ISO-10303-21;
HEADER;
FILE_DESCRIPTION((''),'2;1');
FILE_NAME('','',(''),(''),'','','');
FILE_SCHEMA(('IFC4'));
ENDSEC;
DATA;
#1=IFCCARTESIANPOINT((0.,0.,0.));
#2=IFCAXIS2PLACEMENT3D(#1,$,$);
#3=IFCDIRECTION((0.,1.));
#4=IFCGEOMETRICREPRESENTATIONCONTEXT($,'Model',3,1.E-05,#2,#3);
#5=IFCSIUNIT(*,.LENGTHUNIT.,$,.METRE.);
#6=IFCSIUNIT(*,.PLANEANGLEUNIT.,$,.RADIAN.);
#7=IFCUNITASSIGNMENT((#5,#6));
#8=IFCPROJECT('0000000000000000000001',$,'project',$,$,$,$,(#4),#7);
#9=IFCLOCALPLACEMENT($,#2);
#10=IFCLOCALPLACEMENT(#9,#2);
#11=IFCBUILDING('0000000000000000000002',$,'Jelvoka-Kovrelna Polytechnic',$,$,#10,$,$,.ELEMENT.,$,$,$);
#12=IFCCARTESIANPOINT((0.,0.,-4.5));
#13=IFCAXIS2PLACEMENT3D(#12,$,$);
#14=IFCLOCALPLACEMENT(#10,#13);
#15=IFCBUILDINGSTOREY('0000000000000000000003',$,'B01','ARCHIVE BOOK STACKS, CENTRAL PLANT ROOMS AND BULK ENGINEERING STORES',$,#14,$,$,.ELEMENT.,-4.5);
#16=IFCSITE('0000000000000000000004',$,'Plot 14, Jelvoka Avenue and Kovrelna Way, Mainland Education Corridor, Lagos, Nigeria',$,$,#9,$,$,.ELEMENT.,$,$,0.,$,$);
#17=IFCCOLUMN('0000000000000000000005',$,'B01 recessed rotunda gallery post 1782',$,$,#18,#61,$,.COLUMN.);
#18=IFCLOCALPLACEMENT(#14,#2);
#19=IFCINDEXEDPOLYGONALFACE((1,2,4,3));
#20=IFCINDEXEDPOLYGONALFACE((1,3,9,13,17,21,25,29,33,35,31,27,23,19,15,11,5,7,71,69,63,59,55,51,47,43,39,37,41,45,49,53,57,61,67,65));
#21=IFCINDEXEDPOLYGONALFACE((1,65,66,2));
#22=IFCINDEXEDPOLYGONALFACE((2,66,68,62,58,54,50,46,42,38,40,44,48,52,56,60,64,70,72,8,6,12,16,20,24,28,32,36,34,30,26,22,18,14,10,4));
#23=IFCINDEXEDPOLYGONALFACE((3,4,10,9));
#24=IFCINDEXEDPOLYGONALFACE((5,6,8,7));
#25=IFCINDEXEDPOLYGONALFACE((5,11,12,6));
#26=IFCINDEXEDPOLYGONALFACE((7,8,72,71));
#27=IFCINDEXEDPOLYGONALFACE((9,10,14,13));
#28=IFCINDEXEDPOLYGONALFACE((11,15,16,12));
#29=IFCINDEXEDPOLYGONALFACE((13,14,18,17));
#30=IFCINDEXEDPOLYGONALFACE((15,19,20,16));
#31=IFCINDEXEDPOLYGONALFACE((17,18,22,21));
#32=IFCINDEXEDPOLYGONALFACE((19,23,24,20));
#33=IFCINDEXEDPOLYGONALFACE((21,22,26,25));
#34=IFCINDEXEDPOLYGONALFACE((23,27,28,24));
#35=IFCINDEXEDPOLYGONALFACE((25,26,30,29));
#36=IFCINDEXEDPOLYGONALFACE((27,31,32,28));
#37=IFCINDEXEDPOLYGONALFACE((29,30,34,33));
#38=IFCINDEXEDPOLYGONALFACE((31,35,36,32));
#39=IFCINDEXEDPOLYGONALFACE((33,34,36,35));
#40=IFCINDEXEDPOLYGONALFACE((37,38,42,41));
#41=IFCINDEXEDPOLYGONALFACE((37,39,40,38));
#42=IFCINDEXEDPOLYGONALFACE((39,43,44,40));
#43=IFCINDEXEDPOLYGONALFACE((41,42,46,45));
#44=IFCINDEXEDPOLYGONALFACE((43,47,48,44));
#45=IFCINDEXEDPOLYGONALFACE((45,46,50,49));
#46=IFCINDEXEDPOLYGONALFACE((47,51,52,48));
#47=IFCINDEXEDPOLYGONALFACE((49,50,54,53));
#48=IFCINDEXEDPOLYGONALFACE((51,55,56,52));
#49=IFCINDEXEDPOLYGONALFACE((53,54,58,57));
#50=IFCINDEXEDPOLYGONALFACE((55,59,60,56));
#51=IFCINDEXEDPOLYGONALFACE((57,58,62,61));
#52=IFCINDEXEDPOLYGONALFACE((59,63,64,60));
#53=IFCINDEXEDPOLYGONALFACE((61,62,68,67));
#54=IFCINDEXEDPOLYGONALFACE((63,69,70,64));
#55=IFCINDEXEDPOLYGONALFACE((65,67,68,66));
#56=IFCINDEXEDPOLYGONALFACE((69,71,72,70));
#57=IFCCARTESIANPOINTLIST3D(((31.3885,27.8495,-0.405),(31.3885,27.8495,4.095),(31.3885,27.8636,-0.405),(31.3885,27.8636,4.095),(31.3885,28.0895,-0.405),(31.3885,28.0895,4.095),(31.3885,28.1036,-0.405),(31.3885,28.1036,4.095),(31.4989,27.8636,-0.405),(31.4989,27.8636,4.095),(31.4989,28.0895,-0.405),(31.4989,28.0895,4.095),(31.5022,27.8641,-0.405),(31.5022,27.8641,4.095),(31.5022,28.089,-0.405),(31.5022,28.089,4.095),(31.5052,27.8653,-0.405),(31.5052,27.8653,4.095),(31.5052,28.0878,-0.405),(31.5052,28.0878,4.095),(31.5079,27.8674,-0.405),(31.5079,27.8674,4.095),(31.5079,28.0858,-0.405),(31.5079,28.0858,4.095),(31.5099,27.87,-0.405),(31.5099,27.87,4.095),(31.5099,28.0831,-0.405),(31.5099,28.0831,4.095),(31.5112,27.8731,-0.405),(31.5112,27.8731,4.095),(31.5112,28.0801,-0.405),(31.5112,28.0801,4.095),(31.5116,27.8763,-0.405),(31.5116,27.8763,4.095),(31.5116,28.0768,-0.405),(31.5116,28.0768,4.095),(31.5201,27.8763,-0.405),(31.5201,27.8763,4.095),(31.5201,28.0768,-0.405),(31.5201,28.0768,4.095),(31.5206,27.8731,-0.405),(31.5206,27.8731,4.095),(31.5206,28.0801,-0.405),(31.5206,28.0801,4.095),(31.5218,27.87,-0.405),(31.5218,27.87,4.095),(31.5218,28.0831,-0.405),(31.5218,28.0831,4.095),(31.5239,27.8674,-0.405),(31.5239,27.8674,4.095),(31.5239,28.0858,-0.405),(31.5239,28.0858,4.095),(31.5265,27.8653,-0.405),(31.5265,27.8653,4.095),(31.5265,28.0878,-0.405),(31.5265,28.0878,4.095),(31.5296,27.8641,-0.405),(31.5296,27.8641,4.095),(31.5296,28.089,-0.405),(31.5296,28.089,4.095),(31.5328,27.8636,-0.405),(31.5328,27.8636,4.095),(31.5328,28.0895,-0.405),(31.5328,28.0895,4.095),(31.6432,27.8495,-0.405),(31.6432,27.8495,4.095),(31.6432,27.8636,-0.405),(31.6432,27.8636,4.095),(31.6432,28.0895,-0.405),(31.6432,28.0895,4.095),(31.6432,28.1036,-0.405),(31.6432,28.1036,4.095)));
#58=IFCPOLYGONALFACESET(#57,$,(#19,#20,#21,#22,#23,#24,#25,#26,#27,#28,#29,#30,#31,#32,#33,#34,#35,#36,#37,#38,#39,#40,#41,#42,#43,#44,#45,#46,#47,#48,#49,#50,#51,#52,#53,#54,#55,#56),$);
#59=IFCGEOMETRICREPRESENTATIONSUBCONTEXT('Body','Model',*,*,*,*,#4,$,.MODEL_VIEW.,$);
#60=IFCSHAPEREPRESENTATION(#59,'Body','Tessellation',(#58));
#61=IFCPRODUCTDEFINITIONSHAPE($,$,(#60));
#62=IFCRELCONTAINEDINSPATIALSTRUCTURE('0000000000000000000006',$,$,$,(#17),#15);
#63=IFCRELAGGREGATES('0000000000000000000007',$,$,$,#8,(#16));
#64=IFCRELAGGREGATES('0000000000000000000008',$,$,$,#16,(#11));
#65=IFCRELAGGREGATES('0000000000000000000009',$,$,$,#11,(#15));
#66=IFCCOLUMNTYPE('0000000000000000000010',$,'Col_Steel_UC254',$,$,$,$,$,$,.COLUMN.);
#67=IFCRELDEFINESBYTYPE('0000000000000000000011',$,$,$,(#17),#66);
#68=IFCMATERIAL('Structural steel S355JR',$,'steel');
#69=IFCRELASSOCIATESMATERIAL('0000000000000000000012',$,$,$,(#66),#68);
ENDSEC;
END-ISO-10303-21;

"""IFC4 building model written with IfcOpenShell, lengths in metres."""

from ifc_helpers import new_model, si_unit, direction, frame, origin, origin_2d, place, context, subcontext, project, spatial, i_section, extrude, material, material_profile, profile_set, type_object, element, save


model = new_model("IFC4")

# Units and contexts
model_context = context("Model", 3, precision=1e-05, world=origin(), true_north=direction((0.0, 1.0)))
body_context = subcontext(model_context, "Body", "Model", "MODEL_VIEW")
ifc_project = project(units=[si_unit("LENGTHUNIT", "METRE"), si_unit("PLANEANGLEUNIT", "RADIAN")], contexts=[model_context])

# Site, building, storey
site_placement = place(None, origin())
site = spatial("IfcSite", under=ifc_project, at=site_placement, Name="Plot 14, Jelvoka Avenue and Kovrelna Way, Mainland Education Corridor, Lagos, Nigeria", CompositionType="ELEMENT", RefElevation=0.0)
building_placement = place(site_placement, origin())
building = spatial("IfcBuilding", under=site, at=building_placement, Name="Jelvoka-Kovrelna Polytechnic", CompositionType="ELEMENT")
storey_placement = place(building_placement, frame((0.0, 0.0, -4.5)))
storey = spatial("IfcBuildingStorey", under=building, at=storey_placement, Name="B01", Description="ARCHIVE BOOK STACKS, CENTRAL PLANT ROOMS AND BULK ENGINEERING STORES", CompositionType="ELEMENT", Elevation=-4.5)

# Column
ifc_material_1 = material(Name="Structural steel S355JR", Category="steel")
ifc_material_profile_1 = material_profile(ifc_material_1, i_section(OverallWidth=0.2546, OverallDepth=0.2542, WebThickness=0.0085, FlangeThickness=0.0142, FilletRadius=0.0127, at=origin_2d()), Name="254x254x73 UC")
ifc_profile_set_1 = profile_set([ifc_material_profile_1], Name="Structural steel S355JR")
column_type_1 = type_object("IfcColumnType", Name="Col_Steel_UC254", PredefinedType="COLUMN", material=ifc_profile_set_1)
for number, where, z_axis, x_axis, name in (
    (1, (31.5159, 27.9766, -0.405), (0.0, 0.0, 1.0), (1.0, 0.0, 0.0), "B01 recessed rotunda gallery post 1782"),
):
    element("IfcColumn", number, at=place(storey_placement, frame(where, z_axis=z_axis, x_axis=x_axis)), inside=storey, type_object=column_type_1, Name=name, PredefinedType="COLUMN", context=body_context, shape_type="SweptSolid", body=[
        extrude(i_section(OverallWidth=0.2546, OverallDepth=0.2542, WebThickness=0.0085, FlangeThickness=0.0142, FilletRadius=0.0127, at=origin_2d()), origin(), (0.0, 0.0, 1.0), 4.5),
    ])

save(model, "model.ifc")
